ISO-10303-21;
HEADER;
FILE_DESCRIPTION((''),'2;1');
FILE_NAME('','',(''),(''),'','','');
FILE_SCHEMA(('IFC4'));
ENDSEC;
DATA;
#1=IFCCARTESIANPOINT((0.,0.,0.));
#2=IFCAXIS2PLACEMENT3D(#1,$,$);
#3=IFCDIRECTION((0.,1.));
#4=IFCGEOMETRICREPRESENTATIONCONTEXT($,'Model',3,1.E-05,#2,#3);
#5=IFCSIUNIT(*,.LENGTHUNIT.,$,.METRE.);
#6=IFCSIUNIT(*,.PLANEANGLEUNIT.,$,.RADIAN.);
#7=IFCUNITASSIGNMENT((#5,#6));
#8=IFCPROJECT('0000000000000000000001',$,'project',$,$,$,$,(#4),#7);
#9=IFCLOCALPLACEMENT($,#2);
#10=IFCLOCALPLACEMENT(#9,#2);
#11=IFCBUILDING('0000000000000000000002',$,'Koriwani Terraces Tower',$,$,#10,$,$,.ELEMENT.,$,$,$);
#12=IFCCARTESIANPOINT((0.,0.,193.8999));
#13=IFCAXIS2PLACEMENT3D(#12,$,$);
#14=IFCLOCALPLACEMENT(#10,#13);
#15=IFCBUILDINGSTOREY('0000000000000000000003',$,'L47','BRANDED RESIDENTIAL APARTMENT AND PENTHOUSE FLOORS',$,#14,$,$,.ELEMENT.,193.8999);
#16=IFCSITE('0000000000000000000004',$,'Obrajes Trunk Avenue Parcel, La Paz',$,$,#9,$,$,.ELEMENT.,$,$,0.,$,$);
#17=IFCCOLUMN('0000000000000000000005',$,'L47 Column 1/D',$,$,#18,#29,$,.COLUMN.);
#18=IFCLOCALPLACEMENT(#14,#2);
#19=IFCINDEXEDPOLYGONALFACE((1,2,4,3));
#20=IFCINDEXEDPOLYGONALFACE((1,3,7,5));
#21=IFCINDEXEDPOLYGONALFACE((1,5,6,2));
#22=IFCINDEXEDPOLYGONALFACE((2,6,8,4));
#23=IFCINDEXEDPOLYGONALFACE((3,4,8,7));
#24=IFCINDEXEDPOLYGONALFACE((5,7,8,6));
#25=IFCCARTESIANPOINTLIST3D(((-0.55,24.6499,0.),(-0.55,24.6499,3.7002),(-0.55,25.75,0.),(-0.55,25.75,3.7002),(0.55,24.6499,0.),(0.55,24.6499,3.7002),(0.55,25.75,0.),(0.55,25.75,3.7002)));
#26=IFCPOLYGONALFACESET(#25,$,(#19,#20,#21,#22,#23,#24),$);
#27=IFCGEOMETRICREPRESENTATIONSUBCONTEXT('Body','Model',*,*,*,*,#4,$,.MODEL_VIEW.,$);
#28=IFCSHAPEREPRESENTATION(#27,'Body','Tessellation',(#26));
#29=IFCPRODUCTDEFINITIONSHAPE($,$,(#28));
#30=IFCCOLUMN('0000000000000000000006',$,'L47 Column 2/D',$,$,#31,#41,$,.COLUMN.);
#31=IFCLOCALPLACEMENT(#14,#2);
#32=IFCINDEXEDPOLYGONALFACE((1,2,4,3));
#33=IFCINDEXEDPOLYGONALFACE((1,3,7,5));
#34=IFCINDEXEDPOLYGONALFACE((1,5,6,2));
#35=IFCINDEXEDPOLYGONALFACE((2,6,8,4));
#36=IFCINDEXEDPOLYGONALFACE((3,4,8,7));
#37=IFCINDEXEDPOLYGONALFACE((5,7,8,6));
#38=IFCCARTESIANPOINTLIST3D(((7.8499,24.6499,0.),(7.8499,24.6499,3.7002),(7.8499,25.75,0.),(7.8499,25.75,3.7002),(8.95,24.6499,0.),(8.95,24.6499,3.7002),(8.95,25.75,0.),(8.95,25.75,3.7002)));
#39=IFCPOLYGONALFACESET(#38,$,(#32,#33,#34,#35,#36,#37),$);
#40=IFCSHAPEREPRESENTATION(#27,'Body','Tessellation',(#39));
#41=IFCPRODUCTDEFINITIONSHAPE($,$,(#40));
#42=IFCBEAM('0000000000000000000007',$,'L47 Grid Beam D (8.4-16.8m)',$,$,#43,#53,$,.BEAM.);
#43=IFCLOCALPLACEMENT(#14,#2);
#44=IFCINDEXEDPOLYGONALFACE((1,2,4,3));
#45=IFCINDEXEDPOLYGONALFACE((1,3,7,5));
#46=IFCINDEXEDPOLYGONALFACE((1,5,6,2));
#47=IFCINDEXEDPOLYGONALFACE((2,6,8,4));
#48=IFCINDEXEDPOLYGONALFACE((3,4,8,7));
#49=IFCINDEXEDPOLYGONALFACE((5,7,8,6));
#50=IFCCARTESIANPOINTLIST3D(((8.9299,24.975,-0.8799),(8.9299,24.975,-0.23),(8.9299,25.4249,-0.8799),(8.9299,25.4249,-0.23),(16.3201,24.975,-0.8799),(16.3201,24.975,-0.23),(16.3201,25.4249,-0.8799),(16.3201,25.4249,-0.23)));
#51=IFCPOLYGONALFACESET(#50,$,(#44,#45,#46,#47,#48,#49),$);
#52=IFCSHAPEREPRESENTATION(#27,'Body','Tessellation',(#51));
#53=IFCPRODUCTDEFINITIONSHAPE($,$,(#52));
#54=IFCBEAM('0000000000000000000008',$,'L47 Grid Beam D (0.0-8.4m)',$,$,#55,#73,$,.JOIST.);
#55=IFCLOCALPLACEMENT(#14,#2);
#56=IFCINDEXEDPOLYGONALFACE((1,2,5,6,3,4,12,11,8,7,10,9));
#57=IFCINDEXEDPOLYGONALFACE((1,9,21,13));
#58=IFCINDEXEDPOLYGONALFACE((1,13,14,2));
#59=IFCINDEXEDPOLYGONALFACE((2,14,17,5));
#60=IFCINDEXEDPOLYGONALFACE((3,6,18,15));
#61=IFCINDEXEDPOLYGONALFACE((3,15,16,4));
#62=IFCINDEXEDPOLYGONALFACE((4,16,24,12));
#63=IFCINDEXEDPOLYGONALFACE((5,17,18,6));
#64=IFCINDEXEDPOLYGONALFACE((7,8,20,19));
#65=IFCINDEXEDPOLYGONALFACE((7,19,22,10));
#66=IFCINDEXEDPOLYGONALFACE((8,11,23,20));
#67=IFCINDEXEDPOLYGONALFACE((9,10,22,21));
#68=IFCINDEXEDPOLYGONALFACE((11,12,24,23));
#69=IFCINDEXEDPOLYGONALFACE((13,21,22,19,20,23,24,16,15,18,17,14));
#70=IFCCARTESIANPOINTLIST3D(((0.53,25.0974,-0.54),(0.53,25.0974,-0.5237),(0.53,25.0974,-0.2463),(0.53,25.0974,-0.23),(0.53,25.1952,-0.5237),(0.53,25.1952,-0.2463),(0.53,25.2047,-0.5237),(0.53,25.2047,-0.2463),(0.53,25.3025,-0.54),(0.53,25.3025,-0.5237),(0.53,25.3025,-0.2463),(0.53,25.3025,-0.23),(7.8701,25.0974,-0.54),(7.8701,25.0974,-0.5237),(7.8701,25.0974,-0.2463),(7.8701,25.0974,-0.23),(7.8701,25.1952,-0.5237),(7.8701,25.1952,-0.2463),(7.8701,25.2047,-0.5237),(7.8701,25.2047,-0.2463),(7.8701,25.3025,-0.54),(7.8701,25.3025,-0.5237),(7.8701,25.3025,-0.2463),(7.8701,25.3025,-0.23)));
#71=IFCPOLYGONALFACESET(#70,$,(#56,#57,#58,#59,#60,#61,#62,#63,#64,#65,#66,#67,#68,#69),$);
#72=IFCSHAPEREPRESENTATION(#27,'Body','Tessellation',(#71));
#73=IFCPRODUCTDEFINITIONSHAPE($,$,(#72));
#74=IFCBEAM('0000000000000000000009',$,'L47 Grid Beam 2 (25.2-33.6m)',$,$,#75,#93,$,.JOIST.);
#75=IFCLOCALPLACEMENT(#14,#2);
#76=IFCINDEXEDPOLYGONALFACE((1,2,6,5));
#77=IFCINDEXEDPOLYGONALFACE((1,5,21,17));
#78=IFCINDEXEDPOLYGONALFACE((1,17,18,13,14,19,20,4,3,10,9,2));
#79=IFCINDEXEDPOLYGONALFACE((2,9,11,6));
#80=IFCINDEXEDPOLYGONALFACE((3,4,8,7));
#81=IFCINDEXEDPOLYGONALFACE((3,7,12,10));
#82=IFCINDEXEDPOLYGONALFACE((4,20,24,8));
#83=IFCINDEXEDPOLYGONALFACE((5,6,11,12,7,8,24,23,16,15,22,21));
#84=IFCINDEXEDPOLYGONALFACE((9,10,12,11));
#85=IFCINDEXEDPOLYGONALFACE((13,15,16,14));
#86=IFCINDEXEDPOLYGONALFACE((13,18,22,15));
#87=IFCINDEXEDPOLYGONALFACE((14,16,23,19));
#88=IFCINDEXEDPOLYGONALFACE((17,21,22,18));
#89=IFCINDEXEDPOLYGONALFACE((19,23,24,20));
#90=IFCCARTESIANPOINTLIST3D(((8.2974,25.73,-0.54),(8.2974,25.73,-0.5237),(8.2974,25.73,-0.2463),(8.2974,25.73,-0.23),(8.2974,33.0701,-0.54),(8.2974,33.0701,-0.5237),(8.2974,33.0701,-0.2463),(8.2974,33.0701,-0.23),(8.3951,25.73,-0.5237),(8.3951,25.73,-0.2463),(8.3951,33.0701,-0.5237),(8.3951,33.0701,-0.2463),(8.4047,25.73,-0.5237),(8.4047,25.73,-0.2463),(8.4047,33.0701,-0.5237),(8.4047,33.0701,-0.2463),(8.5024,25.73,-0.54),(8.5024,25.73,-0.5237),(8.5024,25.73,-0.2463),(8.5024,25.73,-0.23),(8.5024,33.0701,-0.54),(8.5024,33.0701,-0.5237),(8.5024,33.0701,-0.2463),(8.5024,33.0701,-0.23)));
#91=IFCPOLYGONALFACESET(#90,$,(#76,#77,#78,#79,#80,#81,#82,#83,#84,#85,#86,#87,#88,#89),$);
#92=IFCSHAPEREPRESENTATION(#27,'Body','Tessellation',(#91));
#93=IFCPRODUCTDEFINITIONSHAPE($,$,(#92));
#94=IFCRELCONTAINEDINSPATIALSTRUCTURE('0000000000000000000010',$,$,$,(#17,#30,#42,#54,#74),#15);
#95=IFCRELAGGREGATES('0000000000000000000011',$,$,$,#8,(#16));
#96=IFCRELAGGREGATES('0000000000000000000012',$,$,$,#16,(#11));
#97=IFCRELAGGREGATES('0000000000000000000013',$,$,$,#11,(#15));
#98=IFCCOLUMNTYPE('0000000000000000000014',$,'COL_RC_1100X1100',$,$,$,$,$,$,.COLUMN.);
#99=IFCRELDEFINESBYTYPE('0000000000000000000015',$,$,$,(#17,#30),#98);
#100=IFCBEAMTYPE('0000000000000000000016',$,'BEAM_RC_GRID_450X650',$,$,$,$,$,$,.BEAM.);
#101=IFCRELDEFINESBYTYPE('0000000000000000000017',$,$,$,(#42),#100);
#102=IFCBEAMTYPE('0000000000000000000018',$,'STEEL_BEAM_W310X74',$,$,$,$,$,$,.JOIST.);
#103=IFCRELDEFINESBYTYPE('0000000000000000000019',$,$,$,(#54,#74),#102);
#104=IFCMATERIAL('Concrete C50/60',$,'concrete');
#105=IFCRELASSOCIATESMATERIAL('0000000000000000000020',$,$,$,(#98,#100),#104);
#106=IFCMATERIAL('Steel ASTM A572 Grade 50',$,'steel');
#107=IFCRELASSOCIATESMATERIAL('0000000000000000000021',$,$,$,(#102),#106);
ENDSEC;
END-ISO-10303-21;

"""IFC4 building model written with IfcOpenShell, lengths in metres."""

from ifc_helpers import new_model, si_unit, direction, frame, origin, origin_2d, place, context, subcontext, project, spatial, rectangle, i_section, extrude, material, material_profile, profile_set, type_object, element, save


model = new_model("IFC4")

# Units and contexts
model_context = context("Model", 3, precision=1e-05, world=origin(), true_north=direction((0.0, 1.0)))
body_context = subcontext(model_context, "Body", "Model", "MODEL_VIEW")
ifc_project = project(units=[si_unit("LENGTHUNIT", "METRE"), si_unit("PLANEANGLEUNIT", "RADIAN")], contexts=[model_context])

# Site, building, storey
site_placement = place(None, origin())
site = spatial("IfcSite", under=ifc_project, at=site_placement, Name="Obrajes Trunk Avenue Parcel, La Paz", CompositionType="ELEMENT", RefElevation=0.0)
building_placement = place(site_placement, origin())
building = spatial("IfcBuilding", under=site, at=building_placement, Name="Koriwani Terraces Tower", CompositionType="ELEMENT")
storey_placement = place(building_placement, frame((0.0, 0.0, 193.8999)))
storey = spatial("IfcBuildingStorey", under=building, at=storey_placement, Name="L47", Description="BRANDED RESIDENTIAL APARTMENT AND PENTHOUSE FLOORS", CompositionType="ELEMENT", Elevation=193.8999)

# Columns
ifc_material_1 = material(Name="Concrete C50/60", Category="concrete")
ifc_material_profile_1 = material_profile(ifc_material_1, rectangle(XDim=1.1001, YDim=1.1001, at=origin_2d()), Name="Concrete C50/60", Category="LoadBearing")
ifc_profile_set_1 = profile_set([ifc_material_profile_1], Name="Concrete C50/60")
column_type = type_object("IfcColumnType", Name="COL_RC_1100X1100", PredefinedType="COLUMN", material=ifc_profile_set_1)
for number, where, z_axis, x_axis, name in (
    (1, (0.0, 25.2, 0.0), (0.0, 0.0, 1.0), (1.0, 0.0, 0.0), "L47 Column 1/D"),
    (2, (8.3999, 25.2, 0.0), (0.0, 0.0, 1.0), (1.0, 0.0, 0.0), "L47 Column 2/D"),
):
    element("IfcColumn", number, at=place(storey_placement, frame(where, z_axis=z_axis, x_axis=x_axis)), inside=storey, type_object=column_type, Name=name, PredefinedType="COLUMN", context=body_context, shape_type="SweptSolid", body=[
        extrude(rectangle(XDim=1.1001, YDim=1.1001, at=origin_2d()), origin(), (0.0, 0.0, 1.0), 3.7002),
    ])

# Beams
ifc_material_profile_2 = material_profile(ifc_material_1, rectangle(XDim=0.45, YDim=0.6499, at=origin_2d()), Name="Concrete C50/60", Category="LoadBearing")
ifc_profile_set_2 = profile_set([ifc_material_profile_2], Name="Concrete C50/60")
beam_type_1 = type_object("IfcBeamType", Name="BEAM_RC_GRID_450X650", PredefinedType="BEAM", material=ifc_profile_set_2)
beam_placement = place(storey_placement, frame((8.9299, 25.2, -0.5549), z_axis=(1.0, 0.0, 0.0), x_axis=(0.0, 1.0, 0.0)))
element("IfcBeam", 3, at=beam_placement, inside=storey, type_object=beam_type_1, Name="L47 Grid Beam D (8.4-16.8m)", PredefinedType="BEAM", context=body_context, shape_type="SweptSolid", body=[
    extrude(rectangle(XDim=0.45, YDim=0.6499, at=origin_2d()), origin(), (0.0, 0.0, 1.0), 7.3901),
])
ifc_material_2 = material(Name="Steel ASTM A572 Grade 50", Category="steel")
ifc_material_profile_3 = material_profile(ifc_material_2, i_section(OverallWidth=0.2051, OverallDepth=0.3101, WebThickness=0.0095, FlangeThickness=0.0164, at=origin_2d()), Name="Steel ASTM A572 Grade 50", Category="LoadBearing")
ifc_profile_set_3 = profile_set([ifc_material_profile_3], Name="Steel ASTM A572 Grade 50")
beam_type_2 = type_object("IfcBeamType", Name="STEEL_BEAM_W310X74", PredefinedType="JOIST", material=ifc_profile_set_3)
for number, where, z_axis, x_axis, name in (
    (4, (0.53, 25.2, -0.385), (1.0, 0.0, 0.0), (0.0, 1.0, 0.0), "L47 Grid Beam D (0.0-8.4m)"),
    (5, (8.3999, 25.73, -0.385), (0.0, 1.0, 0.0), (-1.0, 0.0, 0.0), "L47 Grid Beam 2 (25.2-33.6m)"),
):
    element("IfcBeam", number, at=place(storey_placement, frame(where, z_axis=z_axis, x_axis=x_axis)), inside=storey, type_object=beam_type_2, Name=name, PredefinedType="JOIST", context=body_context, shape_type="SweptSolid", body=[
        extrude(i_section(OverallWidth=0.2051, OverallDepth=0.3101, WebThickness=0.0095, FlangeThickness=0.0164, at=origin_2d()), origin(), (0.0, 0.0, 1.0), 7.3401),
    ])

save(model, "model.ifc")
